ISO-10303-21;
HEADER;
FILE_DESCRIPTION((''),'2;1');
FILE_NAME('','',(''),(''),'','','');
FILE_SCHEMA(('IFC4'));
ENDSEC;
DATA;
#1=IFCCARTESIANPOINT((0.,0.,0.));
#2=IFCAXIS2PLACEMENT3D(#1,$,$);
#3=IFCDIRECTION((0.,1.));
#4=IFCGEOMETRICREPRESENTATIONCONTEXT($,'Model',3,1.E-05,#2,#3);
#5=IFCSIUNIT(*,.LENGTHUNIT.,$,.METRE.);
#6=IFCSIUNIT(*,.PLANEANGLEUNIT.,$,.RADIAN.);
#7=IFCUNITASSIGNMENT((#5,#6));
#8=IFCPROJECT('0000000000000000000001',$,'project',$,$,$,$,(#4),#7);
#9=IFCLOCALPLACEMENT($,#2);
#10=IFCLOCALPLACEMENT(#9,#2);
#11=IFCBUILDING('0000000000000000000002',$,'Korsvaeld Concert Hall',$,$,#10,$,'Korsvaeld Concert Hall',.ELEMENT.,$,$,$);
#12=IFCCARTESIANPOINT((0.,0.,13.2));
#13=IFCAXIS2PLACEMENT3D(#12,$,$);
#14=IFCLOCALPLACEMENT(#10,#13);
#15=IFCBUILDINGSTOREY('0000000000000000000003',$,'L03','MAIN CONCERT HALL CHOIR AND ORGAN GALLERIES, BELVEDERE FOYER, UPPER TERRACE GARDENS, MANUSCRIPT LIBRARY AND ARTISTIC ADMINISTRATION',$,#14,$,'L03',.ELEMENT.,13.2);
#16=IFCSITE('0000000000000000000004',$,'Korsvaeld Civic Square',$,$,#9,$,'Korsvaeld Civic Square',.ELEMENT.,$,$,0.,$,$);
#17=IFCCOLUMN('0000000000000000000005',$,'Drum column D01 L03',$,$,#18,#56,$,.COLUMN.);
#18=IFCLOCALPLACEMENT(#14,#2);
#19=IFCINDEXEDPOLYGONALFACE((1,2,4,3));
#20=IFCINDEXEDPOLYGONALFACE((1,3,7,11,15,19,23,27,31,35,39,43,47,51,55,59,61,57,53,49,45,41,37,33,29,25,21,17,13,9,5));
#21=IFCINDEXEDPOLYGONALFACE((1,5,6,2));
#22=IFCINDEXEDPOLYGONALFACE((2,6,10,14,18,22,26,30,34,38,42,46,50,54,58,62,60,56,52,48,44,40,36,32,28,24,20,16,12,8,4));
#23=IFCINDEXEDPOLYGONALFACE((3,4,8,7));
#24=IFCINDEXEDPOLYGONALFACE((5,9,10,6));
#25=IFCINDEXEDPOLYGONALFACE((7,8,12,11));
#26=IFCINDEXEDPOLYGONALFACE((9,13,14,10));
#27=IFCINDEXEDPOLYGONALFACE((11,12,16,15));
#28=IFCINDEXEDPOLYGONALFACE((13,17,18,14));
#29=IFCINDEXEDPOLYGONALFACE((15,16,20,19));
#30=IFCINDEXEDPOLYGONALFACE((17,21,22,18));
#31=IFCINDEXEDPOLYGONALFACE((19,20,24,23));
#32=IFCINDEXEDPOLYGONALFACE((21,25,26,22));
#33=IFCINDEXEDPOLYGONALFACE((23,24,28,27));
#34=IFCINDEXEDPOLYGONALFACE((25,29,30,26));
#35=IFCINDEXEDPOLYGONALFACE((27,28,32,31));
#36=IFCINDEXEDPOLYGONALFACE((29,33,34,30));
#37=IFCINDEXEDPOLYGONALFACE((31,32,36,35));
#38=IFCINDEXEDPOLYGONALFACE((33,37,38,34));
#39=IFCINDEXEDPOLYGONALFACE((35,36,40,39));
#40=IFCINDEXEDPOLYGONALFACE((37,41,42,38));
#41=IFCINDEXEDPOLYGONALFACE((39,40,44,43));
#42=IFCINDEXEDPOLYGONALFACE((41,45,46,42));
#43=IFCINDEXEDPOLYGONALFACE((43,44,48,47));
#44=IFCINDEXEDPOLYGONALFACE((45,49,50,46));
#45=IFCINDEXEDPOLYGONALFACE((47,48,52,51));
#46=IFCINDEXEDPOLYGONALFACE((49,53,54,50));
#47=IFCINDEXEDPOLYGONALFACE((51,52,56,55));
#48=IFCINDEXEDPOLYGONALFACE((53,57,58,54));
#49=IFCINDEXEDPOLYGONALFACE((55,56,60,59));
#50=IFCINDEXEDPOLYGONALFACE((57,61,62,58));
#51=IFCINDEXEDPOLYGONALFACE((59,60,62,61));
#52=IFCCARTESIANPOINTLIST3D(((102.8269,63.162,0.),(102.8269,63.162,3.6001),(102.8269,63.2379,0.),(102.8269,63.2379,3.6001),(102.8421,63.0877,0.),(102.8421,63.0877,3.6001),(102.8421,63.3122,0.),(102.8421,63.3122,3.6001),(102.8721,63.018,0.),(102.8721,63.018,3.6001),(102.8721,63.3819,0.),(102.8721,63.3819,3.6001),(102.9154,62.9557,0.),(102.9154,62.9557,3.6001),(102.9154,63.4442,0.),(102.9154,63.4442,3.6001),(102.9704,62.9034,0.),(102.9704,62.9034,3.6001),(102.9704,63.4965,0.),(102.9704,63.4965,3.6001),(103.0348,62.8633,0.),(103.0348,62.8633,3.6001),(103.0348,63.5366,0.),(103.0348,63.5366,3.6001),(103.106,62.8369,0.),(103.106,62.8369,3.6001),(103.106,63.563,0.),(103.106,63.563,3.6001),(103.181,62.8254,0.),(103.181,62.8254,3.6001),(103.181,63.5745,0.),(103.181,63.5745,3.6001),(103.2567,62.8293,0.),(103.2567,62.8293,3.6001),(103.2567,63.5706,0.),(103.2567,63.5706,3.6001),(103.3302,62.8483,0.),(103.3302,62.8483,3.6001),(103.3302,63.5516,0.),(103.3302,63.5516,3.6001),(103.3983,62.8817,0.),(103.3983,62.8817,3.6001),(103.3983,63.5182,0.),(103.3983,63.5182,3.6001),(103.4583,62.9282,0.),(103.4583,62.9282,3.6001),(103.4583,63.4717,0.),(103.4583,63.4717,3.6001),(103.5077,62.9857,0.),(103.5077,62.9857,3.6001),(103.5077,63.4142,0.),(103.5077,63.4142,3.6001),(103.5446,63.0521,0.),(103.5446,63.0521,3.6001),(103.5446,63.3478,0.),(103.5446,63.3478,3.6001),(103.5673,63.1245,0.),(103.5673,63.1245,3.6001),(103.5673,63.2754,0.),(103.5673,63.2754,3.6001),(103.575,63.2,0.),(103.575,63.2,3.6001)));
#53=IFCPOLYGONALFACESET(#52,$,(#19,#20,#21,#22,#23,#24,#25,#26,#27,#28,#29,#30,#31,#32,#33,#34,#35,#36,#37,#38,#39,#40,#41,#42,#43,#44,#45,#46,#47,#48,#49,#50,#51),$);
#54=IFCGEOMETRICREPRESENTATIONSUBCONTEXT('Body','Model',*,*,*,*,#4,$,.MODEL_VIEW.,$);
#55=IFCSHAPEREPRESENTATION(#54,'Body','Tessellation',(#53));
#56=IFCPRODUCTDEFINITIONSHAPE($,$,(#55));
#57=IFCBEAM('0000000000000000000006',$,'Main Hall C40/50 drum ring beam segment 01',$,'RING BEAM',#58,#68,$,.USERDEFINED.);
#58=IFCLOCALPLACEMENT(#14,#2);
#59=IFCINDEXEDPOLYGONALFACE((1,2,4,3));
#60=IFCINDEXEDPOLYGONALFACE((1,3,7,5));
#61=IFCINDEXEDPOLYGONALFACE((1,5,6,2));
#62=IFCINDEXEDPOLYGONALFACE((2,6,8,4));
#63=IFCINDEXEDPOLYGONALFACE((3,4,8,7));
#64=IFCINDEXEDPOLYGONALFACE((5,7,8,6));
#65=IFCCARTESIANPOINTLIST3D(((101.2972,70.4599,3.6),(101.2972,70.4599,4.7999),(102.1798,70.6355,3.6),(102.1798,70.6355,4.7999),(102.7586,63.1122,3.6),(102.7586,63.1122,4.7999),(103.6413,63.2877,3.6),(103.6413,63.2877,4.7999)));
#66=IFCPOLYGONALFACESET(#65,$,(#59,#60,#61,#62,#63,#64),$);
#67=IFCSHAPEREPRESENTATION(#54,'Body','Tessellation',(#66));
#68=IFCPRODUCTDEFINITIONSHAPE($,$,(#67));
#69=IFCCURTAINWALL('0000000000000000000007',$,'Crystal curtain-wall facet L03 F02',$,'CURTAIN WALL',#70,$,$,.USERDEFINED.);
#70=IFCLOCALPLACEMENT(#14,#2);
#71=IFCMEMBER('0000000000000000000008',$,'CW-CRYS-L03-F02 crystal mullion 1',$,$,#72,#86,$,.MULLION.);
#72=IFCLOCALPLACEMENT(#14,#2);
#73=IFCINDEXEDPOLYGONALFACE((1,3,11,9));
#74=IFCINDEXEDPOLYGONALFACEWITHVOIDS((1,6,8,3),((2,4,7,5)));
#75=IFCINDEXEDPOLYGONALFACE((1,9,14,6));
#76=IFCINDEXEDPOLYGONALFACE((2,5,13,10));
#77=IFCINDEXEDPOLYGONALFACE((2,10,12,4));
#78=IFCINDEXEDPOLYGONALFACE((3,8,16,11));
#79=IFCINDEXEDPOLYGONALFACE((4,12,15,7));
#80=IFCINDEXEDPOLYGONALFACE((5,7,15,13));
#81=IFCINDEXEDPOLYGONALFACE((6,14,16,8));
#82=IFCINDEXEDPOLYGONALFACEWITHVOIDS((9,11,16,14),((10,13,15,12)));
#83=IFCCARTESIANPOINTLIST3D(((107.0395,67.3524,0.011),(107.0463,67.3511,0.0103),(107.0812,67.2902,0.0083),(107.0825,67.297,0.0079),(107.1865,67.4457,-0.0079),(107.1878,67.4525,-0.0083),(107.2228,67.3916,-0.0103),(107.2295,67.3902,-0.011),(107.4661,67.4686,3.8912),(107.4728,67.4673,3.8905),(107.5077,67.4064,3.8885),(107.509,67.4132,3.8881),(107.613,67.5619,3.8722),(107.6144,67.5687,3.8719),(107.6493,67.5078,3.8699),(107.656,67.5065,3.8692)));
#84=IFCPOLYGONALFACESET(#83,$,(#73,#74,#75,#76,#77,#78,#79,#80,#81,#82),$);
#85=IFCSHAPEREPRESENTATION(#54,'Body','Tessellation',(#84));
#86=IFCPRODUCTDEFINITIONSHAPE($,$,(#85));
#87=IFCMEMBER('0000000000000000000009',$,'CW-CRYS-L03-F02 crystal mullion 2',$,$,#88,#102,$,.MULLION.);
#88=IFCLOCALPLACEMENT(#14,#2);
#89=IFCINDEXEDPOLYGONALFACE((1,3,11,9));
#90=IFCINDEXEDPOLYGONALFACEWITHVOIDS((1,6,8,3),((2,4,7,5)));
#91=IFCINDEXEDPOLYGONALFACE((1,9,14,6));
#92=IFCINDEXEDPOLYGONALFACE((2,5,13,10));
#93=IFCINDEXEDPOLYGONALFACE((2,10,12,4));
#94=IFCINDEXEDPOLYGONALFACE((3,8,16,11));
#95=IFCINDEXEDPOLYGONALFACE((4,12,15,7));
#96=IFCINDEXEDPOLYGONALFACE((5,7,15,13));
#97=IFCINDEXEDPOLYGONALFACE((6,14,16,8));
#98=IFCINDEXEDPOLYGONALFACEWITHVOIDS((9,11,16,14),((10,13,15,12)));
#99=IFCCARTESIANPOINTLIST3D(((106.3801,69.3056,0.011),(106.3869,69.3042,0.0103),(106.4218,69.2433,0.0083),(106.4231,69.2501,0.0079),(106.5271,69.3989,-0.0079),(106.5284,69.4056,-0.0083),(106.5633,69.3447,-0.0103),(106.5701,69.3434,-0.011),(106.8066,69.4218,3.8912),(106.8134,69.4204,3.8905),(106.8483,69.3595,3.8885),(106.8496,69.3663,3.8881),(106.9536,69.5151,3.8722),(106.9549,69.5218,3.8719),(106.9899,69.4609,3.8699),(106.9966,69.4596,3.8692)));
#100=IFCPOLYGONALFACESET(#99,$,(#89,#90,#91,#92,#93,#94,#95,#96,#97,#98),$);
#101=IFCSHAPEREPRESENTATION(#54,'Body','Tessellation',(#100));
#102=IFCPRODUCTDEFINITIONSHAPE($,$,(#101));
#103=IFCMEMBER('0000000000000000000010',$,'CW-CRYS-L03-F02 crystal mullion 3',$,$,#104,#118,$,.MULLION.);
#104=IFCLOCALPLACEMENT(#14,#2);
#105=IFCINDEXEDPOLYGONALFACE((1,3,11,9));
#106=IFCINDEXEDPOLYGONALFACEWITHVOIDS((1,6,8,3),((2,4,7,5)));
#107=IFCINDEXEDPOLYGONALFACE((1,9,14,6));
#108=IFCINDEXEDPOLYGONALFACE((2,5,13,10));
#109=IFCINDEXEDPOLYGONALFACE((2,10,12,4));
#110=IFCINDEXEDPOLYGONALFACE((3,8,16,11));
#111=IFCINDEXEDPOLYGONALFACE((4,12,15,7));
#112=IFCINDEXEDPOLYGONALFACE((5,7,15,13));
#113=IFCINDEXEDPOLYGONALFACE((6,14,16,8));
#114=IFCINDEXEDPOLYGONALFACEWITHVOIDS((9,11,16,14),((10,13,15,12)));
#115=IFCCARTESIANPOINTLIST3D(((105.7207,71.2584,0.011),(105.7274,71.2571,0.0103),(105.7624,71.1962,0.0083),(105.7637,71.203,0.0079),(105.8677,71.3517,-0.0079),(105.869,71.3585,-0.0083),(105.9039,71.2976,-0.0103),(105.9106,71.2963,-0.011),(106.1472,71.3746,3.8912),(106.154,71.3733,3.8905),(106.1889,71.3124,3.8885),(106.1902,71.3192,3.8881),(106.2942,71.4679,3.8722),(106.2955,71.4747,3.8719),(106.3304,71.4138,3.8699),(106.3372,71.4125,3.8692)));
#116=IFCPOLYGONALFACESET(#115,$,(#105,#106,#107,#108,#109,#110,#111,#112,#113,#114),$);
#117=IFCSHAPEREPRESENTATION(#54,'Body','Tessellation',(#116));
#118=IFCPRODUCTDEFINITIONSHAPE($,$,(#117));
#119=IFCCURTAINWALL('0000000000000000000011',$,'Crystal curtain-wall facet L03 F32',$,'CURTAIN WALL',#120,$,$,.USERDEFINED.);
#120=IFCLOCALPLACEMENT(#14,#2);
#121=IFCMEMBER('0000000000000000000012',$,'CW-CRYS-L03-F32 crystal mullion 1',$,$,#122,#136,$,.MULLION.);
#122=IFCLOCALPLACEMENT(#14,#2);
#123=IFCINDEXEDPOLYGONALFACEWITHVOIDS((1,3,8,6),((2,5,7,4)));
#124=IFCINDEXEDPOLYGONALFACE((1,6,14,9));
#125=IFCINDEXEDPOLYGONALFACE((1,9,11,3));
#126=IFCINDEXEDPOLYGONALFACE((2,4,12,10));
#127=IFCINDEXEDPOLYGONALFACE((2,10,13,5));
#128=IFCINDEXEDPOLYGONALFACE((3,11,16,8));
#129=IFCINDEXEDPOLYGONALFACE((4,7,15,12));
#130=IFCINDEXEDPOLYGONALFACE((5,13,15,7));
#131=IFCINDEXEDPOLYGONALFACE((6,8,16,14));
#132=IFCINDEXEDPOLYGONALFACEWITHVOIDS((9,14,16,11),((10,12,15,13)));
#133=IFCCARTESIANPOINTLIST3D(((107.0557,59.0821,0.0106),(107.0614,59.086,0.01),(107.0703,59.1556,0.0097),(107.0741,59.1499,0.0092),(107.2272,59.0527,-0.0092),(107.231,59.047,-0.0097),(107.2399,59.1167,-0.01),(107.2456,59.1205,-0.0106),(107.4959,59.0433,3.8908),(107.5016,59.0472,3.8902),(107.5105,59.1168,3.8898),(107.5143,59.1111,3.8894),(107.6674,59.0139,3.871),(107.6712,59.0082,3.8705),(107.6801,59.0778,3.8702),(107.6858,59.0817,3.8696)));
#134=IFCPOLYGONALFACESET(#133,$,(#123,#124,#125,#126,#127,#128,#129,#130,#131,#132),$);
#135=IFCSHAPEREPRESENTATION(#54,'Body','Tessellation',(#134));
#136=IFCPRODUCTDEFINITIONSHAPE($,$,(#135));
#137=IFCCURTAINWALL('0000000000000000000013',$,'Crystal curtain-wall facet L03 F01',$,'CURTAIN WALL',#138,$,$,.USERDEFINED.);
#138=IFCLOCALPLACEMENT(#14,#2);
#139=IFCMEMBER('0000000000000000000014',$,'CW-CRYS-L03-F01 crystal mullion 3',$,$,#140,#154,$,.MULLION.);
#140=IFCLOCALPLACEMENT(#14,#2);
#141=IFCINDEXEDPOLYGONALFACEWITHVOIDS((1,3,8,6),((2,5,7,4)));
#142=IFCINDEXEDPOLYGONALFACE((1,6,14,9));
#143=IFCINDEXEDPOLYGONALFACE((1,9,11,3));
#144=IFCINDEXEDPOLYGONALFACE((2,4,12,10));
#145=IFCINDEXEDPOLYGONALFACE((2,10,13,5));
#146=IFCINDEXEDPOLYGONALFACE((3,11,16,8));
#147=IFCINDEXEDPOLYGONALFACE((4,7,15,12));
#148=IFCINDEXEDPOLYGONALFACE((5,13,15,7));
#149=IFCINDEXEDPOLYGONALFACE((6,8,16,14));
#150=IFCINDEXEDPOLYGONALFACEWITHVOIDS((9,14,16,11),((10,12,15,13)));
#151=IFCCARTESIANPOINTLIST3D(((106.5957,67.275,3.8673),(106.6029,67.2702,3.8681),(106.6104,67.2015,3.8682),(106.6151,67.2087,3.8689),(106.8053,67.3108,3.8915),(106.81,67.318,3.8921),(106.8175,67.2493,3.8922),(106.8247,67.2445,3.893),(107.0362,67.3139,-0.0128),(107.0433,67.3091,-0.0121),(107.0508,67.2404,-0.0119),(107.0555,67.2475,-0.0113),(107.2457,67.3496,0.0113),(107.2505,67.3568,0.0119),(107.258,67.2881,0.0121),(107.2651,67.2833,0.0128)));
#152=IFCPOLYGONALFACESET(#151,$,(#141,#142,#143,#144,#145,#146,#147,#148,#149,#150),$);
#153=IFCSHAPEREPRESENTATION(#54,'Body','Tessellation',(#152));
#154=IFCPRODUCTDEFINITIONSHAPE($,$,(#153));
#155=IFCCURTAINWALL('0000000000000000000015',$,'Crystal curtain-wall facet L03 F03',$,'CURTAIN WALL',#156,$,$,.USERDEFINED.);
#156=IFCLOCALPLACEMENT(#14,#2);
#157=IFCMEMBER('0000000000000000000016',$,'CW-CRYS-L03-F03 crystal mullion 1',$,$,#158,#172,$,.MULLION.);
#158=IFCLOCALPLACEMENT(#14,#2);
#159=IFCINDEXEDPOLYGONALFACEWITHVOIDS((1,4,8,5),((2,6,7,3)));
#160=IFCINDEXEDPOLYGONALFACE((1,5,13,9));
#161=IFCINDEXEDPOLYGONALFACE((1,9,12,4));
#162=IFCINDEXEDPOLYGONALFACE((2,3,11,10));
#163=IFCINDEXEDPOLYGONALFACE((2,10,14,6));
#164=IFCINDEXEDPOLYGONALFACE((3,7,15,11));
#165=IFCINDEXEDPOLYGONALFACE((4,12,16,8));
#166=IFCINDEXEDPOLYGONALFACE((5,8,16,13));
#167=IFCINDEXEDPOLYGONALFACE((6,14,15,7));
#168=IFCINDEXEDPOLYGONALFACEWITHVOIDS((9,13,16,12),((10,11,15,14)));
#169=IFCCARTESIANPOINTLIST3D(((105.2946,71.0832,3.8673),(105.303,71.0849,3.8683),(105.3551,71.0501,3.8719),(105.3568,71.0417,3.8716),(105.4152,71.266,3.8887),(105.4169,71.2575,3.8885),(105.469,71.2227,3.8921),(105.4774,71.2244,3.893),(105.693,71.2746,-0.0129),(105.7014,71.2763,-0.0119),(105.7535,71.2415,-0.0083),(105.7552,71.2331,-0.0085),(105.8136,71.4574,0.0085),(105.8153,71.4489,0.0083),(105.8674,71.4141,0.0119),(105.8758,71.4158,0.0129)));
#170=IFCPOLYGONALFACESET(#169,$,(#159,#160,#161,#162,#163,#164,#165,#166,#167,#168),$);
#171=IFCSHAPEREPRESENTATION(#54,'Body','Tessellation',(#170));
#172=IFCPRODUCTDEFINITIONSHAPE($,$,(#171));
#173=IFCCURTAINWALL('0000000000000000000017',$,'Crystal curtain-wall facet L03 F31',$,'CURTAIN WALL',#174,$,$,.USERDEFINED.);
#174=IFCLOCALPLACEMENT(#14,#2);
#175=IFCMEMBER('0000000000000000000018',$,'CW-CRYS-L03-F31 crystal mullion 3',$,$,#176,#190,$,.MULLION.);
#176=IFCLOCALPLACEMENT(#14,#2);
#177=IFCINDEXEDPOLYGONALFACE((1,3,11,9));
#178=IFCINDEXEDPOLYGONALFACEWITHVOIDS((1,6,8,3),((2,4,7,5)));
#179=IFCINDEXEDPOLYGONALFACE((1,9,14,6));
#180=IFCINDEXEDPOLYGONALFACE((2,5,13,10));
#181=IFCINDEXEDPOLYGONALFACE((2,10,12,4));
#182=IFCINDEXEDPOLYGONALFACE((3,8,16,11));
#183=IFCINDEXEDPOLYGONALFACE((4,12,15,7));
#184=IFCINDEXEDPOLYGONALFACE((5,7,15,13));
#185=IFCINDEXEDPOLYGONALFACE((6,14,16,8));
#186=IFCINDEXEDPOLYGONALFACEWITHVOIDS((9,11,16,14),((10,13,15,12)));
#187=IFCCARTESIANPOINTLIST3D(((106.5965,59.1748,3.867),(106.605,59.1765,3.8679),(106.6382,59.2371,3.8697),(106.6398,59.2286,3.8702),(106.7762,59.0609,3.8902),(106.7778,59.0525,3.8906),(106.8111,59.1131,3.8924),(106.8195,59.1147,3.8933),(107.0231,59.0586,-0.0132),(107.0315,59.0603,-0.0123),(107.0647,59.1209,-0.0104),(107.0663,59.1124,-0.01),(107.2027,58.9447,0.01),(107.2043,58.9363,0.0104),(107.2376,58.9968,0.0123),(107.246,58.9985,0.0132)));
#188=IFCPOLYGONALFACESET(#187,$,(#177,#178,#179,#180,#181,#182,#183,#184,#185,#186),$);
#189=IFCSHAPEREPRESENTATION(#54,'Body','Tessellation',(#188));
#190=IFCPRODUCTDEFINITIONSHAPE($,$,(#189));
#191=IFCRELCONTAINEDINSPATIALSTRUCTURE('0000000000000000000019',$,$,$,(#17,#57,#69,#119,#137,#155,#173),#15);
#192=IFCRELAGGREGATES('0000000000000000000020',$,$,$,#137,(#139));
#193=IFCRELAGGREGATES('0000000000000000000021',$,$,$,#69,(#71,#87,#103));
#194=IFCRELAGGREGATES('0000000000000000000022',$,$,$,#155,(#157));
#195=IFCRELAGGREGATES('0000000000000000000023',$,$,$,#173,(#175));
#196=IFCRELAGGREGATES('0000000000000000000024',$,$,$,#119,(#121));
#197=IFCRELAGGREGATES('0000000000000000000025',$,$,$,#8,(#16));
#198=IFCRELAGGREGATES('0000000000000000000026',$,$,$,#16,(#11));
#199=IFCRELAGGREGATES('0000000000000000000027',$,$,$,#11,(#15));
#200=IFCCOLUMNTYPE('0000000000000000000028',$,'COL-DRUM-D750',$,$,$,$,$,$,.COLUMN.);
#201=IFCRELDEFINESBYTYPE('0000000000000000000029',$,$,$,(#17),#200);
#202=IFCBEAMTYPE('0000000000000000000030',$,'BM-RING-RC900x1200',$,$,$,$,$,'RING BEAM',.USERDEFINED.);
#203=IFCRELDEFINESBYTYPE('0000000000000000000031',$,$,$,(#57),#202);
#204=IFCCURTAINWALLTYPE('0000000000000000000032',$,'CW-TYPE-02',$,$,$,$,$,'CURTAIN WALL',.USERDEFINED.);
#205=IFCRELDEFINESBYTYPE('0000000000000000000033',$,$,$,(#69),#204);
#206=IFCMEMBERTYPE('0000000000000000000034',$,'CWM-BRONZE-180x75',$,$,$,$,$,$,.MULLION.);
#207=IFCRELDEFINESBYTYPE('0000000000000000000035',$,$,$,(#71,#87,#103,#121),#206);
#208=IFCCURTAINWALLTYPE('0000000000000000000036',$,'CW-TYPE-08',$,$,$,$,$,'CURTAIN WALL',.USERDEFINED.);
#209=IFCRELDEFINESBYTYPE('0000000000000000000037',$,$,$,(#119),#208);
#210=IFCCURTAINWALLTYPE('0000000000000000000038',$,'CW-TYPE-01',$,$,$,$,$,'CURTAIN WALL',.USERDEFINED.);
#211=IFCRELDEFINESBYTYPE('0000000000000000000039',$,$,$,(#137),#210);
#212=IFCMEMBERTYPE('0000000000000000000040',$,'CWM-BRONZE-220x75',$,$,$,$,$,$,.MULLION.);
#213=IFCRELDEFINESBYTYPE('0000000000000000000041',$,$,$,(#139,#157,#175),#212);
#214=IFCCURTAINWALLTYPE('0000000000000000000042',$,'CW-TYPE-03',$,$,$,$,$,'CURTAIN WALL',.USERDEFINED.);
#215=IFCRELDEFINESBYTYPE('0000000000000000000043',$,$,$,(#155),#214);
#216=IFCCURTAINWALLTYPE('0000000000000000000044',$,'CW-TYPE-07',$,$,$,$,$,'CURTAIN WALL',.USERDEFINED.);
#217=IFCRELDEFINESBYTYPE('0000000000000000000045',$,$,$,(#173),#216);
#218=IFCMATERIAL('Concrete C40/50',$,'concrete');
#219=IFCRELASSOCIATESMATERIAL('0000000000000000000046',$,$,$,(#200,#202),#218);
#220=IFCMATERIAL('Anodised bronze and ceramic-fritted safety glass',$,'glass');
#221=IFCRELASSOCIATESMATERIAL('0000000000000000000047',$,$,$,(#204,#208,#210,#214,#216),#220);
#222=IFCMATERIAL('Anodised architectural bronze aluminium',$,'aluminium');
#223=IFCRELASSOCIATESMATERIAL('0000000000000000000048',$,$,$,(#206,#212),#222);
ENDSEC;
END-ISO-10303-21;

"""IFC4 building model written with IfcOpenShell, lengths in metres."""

from ifc_helpers import new_model, si_unit, direction, frame, origin, origin_2d, place, context, subcontext, project, spatial, rectangle, hollow_rectangle, circle, extrude, material, material_profile, profile_set, type_object, element, aggregate, save


model = new_model("IFC4")

# Units and contexts
model_context = context("Model", 3, precision=1e-05, world=origin(), true_north=direction((0.0, 1.0)))
body_context = subcontext(model_context, "Body", "Model", "MODEL_VIEW")
ifc_project = project(units=[si_unit("LENGTHUNIT", "METRE"), si_unit("PLANEANGLEUNIT", "RADIAN")], contexts=[model_context])

# Site, building, storey
site_placement = place(None, origin())
site = spatial("IfcSite", under=ifc_project, at=site_placement, Name="Korsvaeld Civic Square", LongName="Korsvaeld Civic Square", CompositionType="ELEMENT", RefElevation=0.0)
building_placement = place(site_placement, origin())
building = spatial("IfcBuilding", under=site, at=building_placement, Name="Korsvaeld Concert Hall", LongName="Korsvaeld Concert Hall", CompositionType="ELEMENT")
storey_placement = place(building_placement, frame((0.0, 0.0, 13.2)))
storey = spatial("IfcBuildingStorey", under=building, at=storey_placement, Name="L03", Description="MAIN CONCERT HALL CHOIR AND ORGAN GALLERIES, BELVEDERE FOYER, UPPER TERRACE GARDENS, MANUSCRIPT LIBRARY AND ARTISTIC ADMINISTRATION", LongName="L03", CompositionType="ELEMENT", Elevation=13.2)

# Column
ifc_material_1 = material(Name="Concrete C40/50", Category="concrete")
ifc_material_profile_1 = material_profile(ifc_material_1, circle(Radius=0.375, at=origin_2d()), Name="RC D750")
ifc_profile_set_1 = profile_set([ifc_material_profile_1], Name="Concrete C40/50")
column_type = type_object("IfcColumnType", Name="COL-DRUM-D750", PredefinedType="COLUMN", material=ifc_profile_set_1)
column_placement = place(storey_placement, frame((103.2, 63.2, 0.0), z_axis=(0.0, 0.0, 1.0), x_axis=(1.0, 0.0, 0.0)))
element("IfcColumn", 1, at=column_placement, inside=storey, type_object=column_type, Name="Drum column D01 L03", PredefinedType="COLUMN", context=body_context, shape_type="SweptSolid", body=[
    extrude(circle(Radius=0.375, at=origin_2d()), origin(), (0.0, 0.0, 1.0), 3.6001),
])

# Beam
ifc_material_profile_2 = material_profile(ifc_material_1, rectangle(XDim=0.8999, YDim=1.2, at=origin_2d()), Name="RC 900x1200")
ifc_profile_set_2 = profile_set([ifc_material_profile_2], Name="Concrete C40/50")
beam_type = type_object("IfcBeamType", Name="BM-RING-RC900x1200", ElementType="RING BEAM", PredefinedType="USERDEFINED", material=ifc_profile_set_2)
beam_placement = place(storey_placement, frame((103.2, 63.2, 4.2), z_axis=(-0.195076, 0.980788, 0.0), x_axis=(-0.980788, -0.195076, 0.0)))
element("IfcBeam", 2, at=beam_placement, inside=storey, type_object=beam_type, Name="Main Hall C40/50 drum ring beam segment 01", ObjectType="RING BEAM", PredefinedType="USERDEFINED", context=body_context, shape_type="SweptSolid", body=[
    extrude(rectangle(XDim=0.8999, YDim=1.2, at=origin_2d()), origin(), (0.0, 0.0, 1.0), 7.4917),
])

# Curtain wall, members
ifc_material_2 = material(Name="Anodised bronze and ceramic-fritted safety glass", Category="glass")
curtain_wall_type_1 = type_object("IfcCurtainWallType", Name="CW-TYPE-02", ElementType="CURTAIN WALL", PredefinedType="USERDEFINED", material=ifc_material_2)
curtain_wall_1_placement = place(storey_placement, origin())
curtain_wall_1 = element("IfcCurtainWall", 3, at=curtain_wall_1_placement, inside=storey, type_object=curtain_wall_type_1, Name="Crystal curtain-wall facet L03 F02", ObjectType="CURTAIN WALL", PredefinedType="USERDEFINED")
ifc_material_3 = material(Name="Anodised architectural bronze aluminium", Category="aluminium")
ifc_material_profile_3 = material_profile(ifc_material_3, hollow_rectangle(XDim=0.075, YDim=0.1799, WallThickness=0.0049, at=origin_2d()), Name="CWM 180x75x5")
ifc_profile_set_3 = profile_set([ifc_material_profile_3], Name="Anodised architectural bronze aluminium")
member_type_1 = type_object("IfcMemberType", Name="CWM-BRONZE-180x75", PredefinedType="MULLION", material=ifc_profile_set_3)
member_1_placement = place(storey_placement, frame((107.1345, 67.3713, 0.0), z_axis=(0.109216, 0.029758, 0.993573), x_axis=(0.555752, -0.830559, -0.036214)))
member_1 = element("IfcMember", 4, at=member_1_placement, type_object=member_type_1, Name="CW-CRYS-L03-F02 crystal mullion 1", PredefinedType="MULLION", context=body_context, shape_type="SweptSolid", body=[
    extrude(hollow_rectangle(XDim=0.075, YDim=0.1799, WallThickness=0.0049, at=origin_2d()), origin(), (0.0, 0.0, 1.0), 3.9053),
])
member_2_placement = place(storey_placement, frame((106.4751, 69.3245, 0.0), z_axis=(0.109216, 0.029758, 0.993573), x_axis=(0.555752, -0.830559, -0.036214)))
member_2 = element("IfcMember", 5, at=member_2_placement, type_object=member_type_1, Name="CW-CRYS-L03-F02 crystal mullion 2", PredefinedType="MULLION", context=body_context, shape_type="SweptSolid", body=[
    extrude(hollow_rectangle(XDim=0.075, YDim=0.1799, WallThickness=0.0049, at=origin_2d()), origin(), (0.0, 0.0, 1.0), 3.9053),
])
member_3_placement = place(storey_placement, frame((105.8157, 71.2773, 0.0), z_axis=(0.109216, 0.029758, 0.993573), x_axis=(0.555752, -0.830559, -0.036214)))
member_3 = element("IfcMember", 6, at=member_3_placement, type_object=member_type_1, Name="CW-CRYS-L03-F02 crystal mullion 3", PredefinedType="MULLION", context=body_context, shape_type="SweptSolid", body=[
    extrude(hollow_rectangle(XDim=0.075, YDim=0.1799, WallThickness=0.0049, at=origin_2d()), origin(), (0.0, 0.0, 1.0), 3.9053),
])

# Curtain walls, members
curtain_wall_type_2 = type_object("IfcCurtainWallType", Name="CW-TYPE-08", ElementType="CURTAIN WALL", PredefinedType="USERDEFINED", material=ifc_material_2)
curtain_wall_2_placement = place(storey_placement, origin())
curtain_wall_2 = element("IfcCurtainWall", 7, at=curtain_wall_2_placement, inside=storey, type_object=curtain_wall_type_2, Name="Crystal curtain-wall facet L03 F32", ObjectType="CURTAIN WALL", PredefinedType="USERDEFINED")
member_4_placement = place(storey_placement, frame((107.1506, 59.1013, 0.0), z_axis=(0.112718, -0.00994, 0.993577), x_axis=(-0.1952, -0.980686, 0.012333)))
member_4 = element("IfcMember", 8, at=member_4_placement, type_object=member_type_1, Name="CW-CRYS-L03-F32 crystal mullion 1", PredefinedType="MULLION", context=body_context, shape_type="SweptSolid", body=[
    extrude(hollow_rectangle(XDim=0.075, YDim=0.1799, WallThickness=0.0049, at=origin_2d()), origin(), (0.0, 0.0, 1.0), 3.9053),
])
curtain_wall_type_3 = type_object("IfcCurtainWallType", Name="CW-TYPE-01", ElementType="CURTAIN WALL", PredefinedType="USERDEFINED", material=ifc_material_2)
curtain_wall_3_placement = place(storey_placement, origin())
curtain_wall_3 = element("IfcCurtainWall", 9, at=curtain_wall_3_placement, inside=storey, type_object=curtain_wall_type_3, Name="Crystal curtain-wall facet L03 F01", ObjectType="CURTAIN WALL", PredefinedType="USERDEFINED")
ifc_material_profile_4 = material_profile(ifc_material_3, hollow_rectangle(XDim=0.075, YDim=0.22, WallThickness=0.0061, at=origin_2d()), Name="CWM 220x75x6")
ifc_profile_set_4 = profile_set([ifc_material_profile_4], Name="Anodised architectural bronze aluminium")
member_type_2 = type_object("IfcMemberType", Name="CWM-BRONZE-220x75", PredefinedType="MULLION", material=ifc_profile_set_4)
member_5_placement = place(storey_placement, frame((107.1506, 67.2986, 0.0), z_axis=(-0.112779, -0.00994, 0.99357), x_axis=(-0.195151, 0.980695, -0.01234)))
member_5 = element("IfcMember", 10, at=member_5_placement, type_object=member_type_2, Name="CW-CRYS-L03-F01 crystal mullion 3", PredefinedType="MULLION", context=body_context, shape_type="SweptSolid", body=[
    extrude(hollow_rectangle(XDim=0.075, YDim=0.22, WallThickness=0.0061, at=origin_2d()), origin(), (0.0, 0.0, 1.0), 3.9053),
])
curtain_wall_type_4 = type_object("IfcCurtainWallType", Name="CW-TYPE-03", ElementType="CURTAIN WALL", PredefinedType="USERDEFINED", material=ifc_material_2)
curtain_wall_4_placement = place(storey_placement, origin())
curtain_wall_4 = element("IfcCurtainWall", 11, at=curtain_wall_4_placement, inside=storey, type_object=curtain_wall_type_4, Name="Crystal curtain-wall facet L03 F03", ObjectType="CURTAIN WALL", PredefinedType="USERDEFINED")
member_6_placement = place(storey_placement, frame((105.7844, 71.3452, 0.0), z_axis=(-0.102027, -0.049013, 0.993573), x_axis=(-0.830086, 0.554624, -0.057879)))
member_6 = element("IfcMember", 12, at=member_6_placement, type_object=member_type_2, Name="CW-CRYS-L03-F03 crystal mullion 1", PredefinedType="MULLION", context=body_context, shape_type="SweptSolid", body=[
    extrude(hollow_rectangle(XDim=0.075, YDim=0.22, WallThickness=0.0061, at=origin_2d()), origin(), (0.0, 0.0, 1.0), 3.9053),
])
curtain_wall_type_5 = type_object("IfcCurtainWallType", Name="CW-TYPE-07", ElementType="CURTAIN WALL", PredefinedType="USERDEFINED", material=ifc_material_2)
curtain_wall_5_placement = place(storey_placement, origin())
curtain_wall_5 = element("IfcCurtainWall", 13, at=curtain_wall_5_placement, inside=storey, type_object=curtain_wall_type_5, Name="Crystal curtain-wall facet L03 F31", ObjectType="CURTAIN WALL", PredefinedType="USERDEFINED")
member_7_placement = place(storey_placement, frame((107.1345, 59.0286, 0.0), z_axis=(-0.109216, 0.029758, 0.993573), x_axis=(0.555752, 0.830559, 0.036214)))
member_7 = element("IfcMember", 14, at=member_7_placement, type_object=member_type_2, Name="CW-CRYS-L03-F31 crystal mullion 3", PredefinedType="MULLION", context=body_context, shape_type="SweptSolid", body=[
    extrude(hollow_rectangle(XDim=0.075, YDim=0.22, WallThickness=0.0061, at=origin_2d()), origin(), (0.0, 0.0, 1.0), 3.9053),
])

aggregate(curtain_wall_3, [member_5])
aggregate(curtain_wall_1, [member_1, member_2, member_3])
aggregate(curtain_wall_4, [member_6])
aggregate(curtain_wall_5, [member_7])
aggregate(curtain_wall_2, [member_4])

save(model, "model.ifc")
